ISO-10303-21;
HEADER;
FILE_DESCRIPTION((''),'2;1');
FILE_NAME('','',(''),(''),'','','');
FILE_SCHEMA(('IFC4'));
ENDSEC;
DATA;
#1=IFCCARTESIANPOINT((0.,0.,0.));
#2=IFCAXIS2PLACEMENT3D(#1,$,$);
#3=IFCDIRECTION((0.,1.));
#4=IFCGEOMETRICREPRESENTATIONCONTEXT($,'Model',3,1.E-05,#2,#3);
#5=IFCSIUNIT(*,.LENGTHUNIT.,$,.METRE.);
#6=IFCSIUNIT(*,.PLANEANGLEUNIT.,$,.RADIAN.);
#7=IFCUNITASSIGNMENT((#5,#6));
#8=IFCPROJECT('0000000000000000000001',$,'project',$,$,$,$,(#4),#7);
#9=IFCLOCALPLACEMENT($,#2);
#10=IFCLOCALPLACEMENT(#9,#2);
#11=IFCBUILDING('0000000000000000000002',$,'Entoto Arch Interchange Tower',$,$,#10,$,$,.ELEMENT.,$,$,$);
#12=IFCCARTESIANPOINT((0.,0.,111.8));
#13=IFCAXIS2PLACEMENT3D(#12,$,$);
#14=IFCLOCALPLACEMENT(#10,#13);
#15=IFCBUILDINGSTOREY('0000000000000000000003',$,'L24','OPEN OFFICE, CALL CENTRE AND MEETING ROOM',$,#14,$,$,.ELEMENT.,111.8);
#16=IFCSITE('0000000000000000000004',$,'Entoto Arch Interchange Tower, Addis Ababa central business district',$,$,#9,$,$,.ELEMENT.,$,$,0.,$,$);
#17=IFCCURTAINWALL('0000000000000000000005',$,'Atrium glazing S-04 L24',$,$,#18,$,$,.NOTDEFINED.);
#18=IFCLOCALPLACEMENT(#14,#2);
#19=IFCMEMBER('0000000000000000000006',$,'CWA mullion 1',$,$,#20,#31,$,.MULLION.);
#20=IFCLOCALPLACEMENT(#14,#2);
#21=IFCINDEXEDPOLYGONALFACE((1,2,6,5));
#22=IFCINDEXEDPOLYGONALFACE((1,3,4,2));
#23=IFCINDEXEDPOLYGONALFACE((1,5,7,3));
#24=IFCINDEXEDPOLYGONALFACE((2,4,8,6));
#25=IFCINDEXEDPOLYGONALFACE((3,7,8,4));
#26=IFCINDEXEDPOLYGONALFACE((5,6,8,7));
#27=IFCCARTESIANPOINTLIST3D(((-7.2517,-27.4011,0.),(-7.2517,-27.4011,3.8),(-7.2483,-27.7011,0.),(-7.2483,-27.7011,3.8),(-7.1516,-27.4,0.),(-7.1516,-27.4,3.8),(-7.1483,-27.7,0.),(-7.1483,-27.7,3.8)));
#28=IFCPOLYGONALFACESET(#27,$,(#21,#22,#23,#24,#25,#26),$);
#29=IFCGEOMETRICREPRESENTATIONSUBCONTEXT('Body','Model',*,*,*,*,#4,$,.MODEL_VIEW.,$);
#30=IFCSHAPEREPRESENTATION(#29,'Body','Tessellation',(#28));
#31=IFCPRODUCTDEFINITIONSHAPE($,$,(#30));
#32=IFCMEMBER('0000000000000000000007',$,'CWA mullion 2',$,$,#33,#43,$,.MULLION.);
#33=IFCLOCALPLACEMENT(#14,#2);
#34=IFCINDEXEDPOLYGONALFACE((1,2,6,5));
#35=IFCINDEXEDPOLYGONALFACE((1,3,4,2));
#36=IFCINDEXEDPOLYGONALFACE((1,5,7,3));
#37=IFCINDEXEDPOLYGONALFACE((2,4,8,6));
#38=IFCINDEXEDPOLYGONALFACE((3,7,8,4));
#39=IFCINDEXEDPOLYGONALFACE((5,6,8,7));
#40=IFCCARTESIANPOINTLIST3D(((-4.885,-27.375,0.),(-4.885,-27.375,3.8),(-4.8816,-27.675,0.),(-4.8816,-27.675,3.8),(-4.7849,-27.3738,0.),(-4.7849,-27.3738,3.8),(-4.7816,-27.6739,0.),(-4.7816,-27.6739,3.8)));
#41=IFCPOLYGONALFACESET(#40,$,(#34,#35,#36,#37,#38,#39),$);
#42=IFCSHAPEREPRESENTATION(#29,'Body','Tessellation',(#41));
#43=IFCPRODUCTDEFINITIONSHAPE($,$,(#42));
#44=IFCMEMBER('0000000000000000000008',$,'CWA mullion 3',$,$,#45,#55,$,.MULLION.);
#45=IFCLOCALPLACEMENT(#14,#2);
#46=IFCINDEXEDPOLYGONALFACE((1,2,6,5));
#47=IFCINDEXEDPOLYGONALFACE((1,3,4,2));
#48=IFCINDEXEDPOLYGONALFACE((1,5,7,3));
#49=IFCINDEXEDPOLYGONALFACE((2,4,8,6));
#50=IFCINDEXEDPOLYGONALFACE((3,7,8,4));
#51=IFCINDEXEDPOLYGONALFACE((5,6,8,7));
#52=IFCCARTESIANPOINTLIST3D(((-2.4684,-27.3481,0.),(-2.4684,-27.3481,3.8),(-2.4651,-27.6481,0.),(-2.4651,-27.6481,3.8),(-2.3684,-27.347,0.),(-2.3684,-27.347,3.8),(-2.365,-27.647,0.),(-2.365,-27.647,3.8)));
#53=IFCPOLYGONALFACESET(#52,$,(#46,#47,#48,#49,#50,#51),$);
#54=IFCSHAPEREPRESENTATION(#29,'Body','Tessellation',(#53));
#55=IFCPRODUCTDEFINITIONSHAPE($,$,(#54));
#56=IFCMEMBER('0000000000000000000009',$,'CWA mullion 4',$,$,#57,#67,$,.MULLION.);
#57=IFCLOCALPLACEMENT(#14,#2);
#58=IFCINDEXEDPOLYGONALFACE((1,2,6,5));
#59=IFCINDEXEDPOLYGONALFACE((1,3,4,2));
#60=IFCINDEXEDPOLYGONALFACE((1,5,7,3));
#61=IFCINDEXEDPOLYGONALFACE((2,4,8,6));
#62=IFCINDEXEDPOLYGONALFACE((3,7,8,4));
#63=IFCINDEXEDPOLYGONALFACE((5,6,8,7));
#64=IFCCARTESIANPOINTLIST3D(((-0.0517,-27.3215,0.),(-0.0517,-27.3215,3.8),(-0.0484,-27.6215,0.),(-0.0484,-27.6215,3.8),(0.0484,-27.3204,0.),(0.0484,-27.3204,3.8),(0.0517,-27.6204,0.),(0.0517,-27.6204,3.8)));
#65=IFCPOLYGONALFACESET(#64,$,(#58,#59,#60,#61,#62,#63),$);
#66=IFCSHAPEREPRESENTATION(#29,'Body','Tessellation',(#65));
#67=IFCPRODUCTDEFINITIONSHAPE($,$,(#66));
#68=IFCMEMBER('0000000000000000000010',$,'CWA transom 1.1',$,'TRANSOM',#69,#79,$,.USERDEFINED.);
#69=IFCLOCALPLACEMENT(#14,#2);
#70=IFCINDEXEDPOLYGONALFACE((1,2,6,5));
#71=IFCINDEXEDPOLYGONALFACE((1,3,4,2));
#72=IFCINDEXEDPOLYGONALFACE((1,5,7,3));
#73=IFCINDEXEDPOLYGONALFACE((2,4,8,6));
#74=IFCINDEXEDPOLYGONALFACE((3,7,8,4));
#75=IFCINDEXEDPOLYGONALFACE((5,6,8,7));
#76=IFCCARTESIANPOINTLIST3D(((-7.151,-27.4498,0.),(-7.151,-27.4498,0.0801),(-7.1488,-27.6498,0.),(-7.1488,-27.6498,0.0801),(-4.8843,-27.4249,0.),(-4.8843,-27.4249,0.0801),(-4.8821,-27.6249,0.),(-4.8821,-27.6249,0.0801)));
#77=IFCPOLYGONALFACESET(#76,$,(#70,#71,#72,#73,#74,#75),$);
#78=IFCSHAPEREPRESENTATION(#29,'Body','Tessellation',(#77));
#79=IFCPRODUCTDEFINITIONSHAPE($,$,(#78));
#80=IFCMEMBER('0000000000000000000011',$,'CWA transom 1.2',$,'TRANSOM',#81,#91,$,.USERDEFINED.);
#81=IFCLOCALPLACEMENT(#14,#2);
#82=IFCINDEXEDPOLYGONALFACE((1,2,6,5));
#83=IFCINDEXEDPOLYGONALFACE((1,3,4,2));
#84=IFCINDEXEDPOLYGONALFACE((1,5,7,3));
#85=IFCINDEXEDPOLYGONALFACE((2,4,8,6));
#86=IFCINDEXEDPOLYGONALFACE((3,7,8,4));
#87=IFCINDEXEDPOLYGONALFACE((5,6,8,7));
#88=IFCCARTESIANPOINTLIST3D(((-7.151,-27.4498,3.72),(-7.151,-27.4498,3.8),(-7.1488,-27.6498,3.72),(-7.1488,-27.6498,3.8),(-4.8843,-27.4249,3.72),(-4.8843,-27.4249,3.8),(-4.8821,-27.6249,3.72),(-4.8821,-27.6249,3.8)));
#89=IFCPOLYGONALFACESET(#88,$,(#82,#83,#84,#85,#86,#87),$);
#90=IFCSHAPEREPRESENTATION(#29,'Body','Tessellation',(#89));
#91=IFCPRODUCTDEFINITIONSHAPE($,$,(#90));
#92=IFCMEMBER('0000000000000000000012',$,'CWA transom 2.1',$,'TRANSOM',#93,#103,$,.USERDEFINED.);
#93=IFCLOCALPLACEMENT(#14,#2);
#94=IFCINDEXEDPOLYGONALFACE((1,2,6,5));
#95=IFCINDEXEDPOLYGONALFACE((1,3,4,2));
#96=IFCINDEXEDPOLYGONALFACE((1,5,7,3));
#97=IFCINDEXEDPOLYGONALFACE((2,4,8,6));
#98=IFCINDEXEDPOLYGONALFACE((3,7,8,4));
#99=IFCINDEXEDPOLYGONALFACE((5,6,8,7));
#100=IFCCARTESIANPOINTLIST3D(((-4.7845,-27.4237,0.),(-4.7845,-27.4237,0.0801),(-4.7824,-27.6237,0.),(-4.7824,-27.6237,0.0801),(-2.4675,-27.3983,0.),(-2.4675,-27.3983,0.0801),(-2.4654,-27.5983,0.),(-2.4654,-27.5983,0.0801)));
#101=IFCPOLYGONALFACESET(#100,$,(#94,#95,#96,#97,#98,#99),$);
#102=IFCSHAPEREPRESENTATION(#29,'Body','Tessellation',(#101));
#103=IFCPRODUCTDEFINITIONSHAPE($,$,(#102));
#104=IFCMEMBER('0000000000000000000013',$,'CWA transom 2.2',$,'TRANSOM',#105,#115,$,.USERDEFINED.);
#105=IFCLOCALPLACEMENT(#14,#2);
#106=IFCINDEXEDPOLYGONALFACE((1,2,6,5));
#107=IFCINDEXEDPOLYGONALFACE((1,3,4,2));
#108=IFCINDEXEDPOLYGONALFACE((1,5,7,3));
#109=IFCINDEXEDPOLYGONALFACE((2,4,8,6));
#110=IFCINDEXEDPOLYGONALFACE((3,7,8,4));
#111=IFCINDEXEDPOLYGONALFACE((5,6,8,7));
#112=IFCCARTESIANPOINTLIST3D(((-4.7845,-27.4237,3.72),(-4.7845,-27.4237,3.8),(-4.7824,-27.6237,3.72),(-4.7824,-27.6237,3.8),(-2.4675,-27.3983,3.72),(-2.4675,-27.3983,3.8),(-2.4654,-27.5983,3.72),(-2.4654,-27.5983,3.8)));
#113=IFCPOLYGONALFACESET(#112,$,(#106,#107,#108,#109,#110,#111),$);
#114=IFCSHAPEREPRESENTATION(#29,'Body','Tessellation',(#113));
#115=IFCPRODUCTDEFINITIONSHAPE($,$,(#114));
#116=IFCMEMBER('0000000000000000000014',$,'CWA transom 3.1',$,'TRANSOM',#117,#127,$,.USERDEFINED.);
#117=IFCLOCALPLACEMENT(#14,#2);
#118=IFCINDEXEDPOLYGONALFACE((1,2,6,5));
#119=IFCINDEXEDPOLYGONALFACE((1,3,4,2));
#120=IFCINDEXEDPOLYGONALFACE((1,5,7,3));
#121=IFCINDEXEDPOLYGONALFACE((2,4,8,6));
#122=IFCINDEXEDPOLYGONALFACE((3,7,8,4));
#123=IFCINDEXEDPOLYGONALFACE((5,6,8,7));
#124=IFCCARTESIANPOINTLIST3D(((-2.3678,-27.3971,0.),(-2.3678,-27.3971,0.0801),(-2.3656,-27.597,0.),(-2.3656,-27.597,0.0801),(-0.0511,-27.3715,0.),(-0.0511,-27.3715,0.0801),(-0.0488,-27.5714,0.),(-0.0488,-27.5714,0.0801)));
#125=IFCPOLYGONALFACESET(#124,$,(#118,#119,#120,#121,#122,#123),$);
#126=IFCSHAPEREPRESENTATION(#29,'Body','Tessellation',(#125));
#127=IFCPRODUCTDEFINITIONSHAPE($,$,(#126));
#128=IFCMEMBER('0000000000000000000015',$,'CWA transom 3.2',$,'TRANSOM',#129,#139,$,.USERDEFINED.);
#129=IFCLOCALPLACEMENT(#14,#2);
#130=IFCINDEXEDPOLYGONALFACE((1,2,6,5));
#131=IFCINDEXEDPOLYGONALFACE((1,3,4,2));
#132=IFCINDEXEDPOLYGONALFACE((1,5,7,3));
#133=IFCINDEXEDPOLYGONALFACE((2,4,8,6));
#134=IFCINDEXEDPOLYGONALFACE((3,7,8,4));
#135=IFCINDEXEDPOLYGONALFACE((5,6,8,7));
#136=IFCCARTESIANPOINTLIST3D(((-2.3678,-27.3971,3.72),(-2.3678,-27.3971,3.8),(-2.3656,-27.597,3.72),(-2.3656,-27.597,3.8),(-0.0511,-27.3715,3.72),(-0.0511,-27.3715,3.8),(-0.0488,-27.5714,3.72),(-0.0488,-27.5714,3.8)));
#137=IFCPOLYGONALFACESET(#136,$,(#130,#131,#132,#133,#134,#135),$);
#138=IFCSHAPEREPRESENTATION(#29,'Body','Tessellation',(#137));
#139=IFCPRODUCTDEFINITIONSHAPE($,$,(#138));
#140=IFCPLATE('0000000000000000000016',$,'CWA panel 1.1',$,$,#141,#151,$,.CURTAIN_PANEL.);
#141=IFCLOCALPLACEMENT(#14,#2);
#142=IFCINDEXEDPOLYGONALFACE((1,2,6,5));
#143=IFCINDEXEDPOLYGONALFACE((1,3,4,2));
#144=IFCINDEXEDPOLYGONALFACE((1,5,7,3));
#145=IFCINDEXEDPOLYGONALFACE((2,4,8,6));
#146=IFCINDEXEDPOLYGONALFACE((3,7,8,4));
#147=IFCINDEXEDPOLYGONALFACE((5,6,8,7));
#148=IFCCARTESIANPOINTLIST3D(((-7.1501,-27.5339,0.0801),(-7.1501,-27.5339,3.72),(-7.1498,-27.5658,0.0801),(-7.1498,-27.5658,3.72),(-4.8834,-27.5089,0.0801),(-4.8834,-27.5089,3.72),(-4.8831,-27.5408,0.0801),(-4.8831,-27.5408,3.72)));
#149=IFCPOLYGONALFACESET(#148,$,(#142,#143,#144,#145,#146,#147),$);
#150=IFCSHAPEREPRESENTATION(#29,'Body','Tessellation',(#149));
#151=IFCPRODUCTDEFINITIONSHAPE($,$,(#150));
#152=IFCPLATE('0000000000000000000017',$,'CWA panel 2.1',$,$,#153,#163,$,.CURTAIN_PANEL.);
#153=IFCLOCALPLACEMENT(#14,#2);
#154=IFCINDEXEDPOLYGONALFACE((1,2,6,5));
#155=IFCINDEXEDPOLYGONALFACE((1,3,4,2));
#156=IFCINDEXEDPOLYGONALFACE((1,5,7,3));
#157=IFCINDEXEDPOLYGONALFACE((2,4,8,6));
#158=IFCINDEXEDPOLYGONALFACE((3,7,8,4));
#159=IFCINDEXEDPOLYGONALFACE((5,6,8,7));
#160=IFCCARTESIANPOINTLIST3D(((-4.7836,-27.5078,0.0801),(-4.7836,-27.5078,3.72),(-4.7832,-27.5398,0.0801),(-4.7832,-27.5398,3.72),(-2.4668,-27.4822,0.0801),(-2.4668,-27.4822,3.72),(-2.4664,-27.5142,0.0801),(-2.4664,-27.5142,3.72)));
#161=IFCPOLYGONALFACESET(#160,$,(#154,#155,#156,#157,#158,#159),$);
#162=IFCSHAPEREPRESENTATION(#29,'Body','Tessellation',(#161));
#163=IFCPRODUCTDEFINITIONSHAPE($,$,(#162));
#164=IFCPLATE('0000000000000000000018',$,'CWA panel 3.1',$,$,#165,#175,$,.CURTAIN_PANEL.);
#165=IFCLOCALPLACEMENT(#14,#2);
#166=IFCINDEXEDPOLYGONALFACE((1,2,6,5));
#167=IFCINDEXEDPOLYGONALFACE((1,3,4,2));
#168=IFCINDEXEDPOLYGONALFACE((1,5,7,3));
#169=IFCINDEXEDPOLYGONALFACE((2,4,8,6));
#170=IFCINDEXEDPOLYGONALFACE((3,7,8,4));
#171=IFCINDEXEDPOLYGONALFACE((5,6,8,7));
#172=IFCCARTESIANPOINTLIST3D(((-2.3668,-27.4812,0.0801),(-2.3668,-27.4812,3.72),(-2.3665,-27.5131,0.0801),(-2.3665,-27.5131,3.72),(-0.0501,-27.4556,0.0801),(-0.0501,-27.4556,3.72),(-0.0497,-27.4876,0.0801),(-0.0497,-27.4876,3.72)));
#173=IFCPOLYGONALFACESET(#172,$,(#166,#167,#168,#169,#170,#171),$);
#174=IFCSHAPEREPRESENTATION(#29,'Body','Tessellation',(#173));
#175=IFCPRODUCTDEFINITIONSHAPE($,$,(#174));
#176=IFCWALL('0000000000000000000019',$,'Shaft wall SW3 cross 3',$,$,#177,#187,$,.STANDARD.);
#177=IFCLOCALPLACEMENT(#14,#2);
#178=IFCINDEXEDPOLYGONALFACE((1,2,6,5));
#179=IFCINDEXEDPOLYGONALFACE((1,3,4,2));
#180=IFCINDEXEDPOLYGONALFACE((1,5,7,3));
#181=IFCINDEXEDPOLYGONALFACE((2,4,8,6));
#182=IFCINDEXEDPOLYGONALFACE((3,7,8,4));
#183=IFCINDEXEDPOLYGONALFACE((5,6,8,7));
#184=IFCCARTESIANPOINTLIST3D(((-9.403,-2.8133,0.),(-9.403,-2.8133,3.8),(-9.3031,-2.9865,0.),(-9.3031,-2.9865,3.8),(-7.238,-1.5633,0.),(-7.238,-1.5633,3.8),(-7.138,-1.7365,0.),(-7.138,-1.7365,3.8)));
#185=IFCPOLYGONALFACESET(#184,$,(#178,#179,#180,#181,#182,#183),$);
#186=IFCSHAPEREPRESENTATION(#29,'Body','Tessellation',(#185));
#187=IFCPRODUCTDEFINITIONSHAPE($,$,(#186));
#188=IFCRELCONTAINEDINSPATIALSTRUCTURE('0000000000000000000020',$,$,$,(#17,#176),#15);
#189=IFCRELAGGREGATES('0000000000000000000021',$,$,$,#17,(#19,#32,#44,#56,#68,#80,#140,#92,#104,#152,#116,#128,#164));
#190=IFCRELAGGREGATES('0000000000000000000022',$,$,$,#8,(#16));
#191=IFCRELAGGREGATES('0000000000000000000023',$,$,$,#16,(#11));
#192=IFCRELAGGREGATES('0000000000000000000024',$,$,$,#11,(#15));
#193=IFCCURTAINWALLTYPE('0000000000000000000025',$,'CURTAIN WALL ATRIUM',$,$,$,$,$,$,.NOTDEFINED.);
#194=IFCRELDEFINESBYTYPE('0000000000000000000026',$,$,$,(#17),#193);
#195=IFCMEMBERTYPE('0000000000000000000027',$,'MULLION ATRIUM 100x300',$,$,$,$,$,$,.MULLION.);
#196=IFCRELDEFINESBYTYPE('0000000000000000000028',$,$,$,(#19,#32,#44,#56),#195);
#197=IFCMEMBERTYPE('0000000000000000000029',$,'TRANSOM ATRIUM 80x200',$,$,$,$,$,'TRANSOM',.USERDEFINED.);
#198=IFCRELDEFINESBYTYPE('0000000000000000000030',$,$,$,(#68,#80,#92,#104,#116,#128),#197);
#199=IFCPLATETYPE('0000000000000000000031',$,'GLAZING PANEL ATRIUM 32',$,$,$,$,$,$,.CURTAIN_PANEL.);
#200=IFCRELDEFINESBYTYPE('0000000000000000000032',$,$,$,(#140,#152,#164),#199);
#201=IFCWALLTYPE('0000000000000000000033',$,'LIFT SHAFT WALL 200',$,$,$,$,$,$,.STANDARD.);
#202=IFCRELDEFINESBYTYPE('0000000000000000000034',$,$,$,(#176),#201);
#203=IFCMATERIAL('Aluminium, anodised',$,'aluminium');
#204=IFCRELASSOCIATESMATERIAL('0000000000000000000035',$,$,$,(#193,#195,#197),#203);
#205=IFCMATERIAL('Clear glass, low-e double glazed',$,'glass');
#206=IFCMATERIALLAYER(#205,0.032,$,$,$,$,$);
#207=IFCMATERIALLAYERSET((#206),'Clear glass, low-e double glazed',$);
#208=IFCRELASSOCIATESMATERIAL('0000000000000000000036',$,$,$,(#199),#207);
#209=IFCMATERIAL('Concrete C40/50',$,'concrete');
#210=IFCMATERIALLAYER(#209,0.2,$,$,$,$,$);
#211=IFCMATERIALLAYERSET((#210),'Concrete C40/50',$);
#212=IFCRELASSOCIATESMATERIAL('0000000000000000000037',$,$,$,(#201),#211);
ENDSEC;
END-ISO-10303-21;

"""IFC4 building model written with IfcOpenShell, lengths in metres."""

from ifc_helpers import new_model, si_unit, direction, frame, frame_2d, origin, origin_2d, place, context, subcontext, project, spatial, rectangle, extrude, material, layer, layer_set, material_profile, profile_set, type_object, element, aggregate, save


model = new_model("IFC4")

# Units and contexts
model_context = context("Model", 3, precision=1e-05, world=origin(), true_north=direction((0.0, 1.0)))
body_context = subcontext(model_context, "Body", "Model", "MODEL_VIEW")
ifc_project = project(units=[si_unit("LENGTHUNIT", "METRE"), si_unit("PLANEANGLEUNIT", "RADIAN")], contexts=[model_context])

# Site, building, storey
site_placement = place(None, origin())
site = spatial("IfcSite", under=ifc_project, at=site_placement, Name="Entoto Arch Interchange Tower, Addis Ababa central business district", CompositionType="ELEMENT", RefElevation=0.0)
building_placement = place(site_placement, origin())
building = spatial("IfcBuilding", under=site, at=building_placement, Name="Entoto Arch Interchange Tower", CompositionType="ELEMENT")
storey_placement = place(building_placement, frame((0.0, 0.0, 111.8)))
storey = spatial("IfcBuildingStorey", under=building, at=storey_placement, Name="L24", Description="OPEN OFFICE, CALL CENTRE AND MEETING ROOM", CompositionType="ELEMENT", Elevation=111.8)

# Curtain wall, members, plates
ifc_material_1 = material(Name="Aluminium, anodised", Category="aluminium")
curtain_wall_type = type_object("IfcCurtainWallType", Name="CURTAIN WALL ATRIUM", PredefinedType="NOTDEFINED", material=ifc_material_1)
curtain_wall_placement = place(storey_placement, origin())
curtain_wall = element("IfcCurtainWall", 1, at=curtain_wall_placement, inside=storey, type_object=curtain_wall_type, Name="Atrium glazing S-04 L24", PredefinedType="NOTDEFINED")
ifc_material_profile_1 = material_profile(ifc_material_1, rectangle(XDim=0.3, YDim=0.1001, at=origin_2d()))
ifc_profile_set_1 = profile_set([ifc_material_profile_1], Name="Aluminium, anodised")
member_type_1 = type_object("IfcMemberType", Name="MULLION ATRIUM 100x300", PredefinedType="MULLION", material=ifc_profile_set_1)
member_1_placement = place(storey_placement, frame((-7.2, -27.5505, 0.0), z_axis=(0.0, 0.0, 1.0), x_axis=(-0.011034, 0.999939, 0.0)))
member_1 = element("IfcMember", 2, at=member_1_placement, type_object=member_type_1, Name="CWA mullion 1", PredefinedType="MULLION", context=body_context, shape_type="SweptSolid", body=[
    extrude(rectangle(XDim=0.3, YDim=0.1001, at=origin_2d()), origin(), (0.0, 0.0, 1.0), 3.8),
])
member_2_placement = place(storey_placement, frame((-4.8333, -27.5244, 0.0), z_axis=(0.0, 0.0, 1.0), x_axis=(-0.011034, 0.999939, 0.0)))
member_2 = element("IfcMember", 3, at=member_2_placement, type_object=member_type_1, Name="CWA mullion 2", PredefinedType="MULLION", context=body_context, shape_type="SweptSolid", body=[
    extrude(rectangle(XDim=0.3, YDim=0.1001, at=origin_2d()), origin(), (0.0, 0.0, 1.0), 3.8),
])
member_3_placement = place(storey_placement, frame((-2.4167, -27.4976, 0.0), z_axis=(0.0, 0.0, 1.0), x_axis=(-0.011034, 0.999939, 0.0)))
member_3 = element("IfcMember", 4, at=member_3_placement, type_object=member_type_1, Name="CWA mullion 3", PredefinedType="MULLION", context=body_context, shape_type="SweptSolid", body=[
    extrude(rectangle(XDim=0.3, YDim=0.1001, at=origin_2d()), origin(), (0.0, 0.0, 1.0), 3.8),
])
member_4_placement = place(storey_placement, frame((0.0, -27.4709, 0.0), z_axis=(0.0, 0.0, 1.0), x_axis=(-0.011034, 0.999939, 0.0)))
member_4 = element("IfcMember", 5, at=member_4_placement, type_object=member_type_1, Name="CWA mullion 4", PredefinedType="MULLION", context=body_context, shape_type="SweptSolid", body=[
    extrude(rectangle(XDim=0.3, YDim=0.1001, at=origin_2d()), origin(), (0.0, 0.0, 1.0), 3.8),
])
ifc_material_profile_2 = material_profile(ifc_material_1, rectangle(XDim=0.2, YDim=0.0801, at=origin_2d()))
ifc_profile_set_2 = profile_set([ifc_material_profile_2], Name="Aluminium, anodised")
member_type_2 = type_object("IfcMemberType", Name="TRANSOM ATRIUM 80x200", ElementType="TRANSOM", PredefinedType="USERDEFINED", material=ifc_profile_set_2)
member_5_placement = place(storey_placement, frame((-7.1499, -27.5498, 0.04), z_axis=(0.99994, 0.010986, 0.0), x_axis=(-0.010986, 0.99994, 0.0)))
member_5 = element("IfcMember", 6, at=member_5_placement, type_object=member_type_2, Name="CWA transom 1.1", ObjectType="TRANSOM", PredefinedType="USERDEFINED", context=body_context, shape_type="SweptSolid", body=[
    extrude(rectangle(XDim=0.2, YDim=0.0801, at=origin_2d()), origin(), (0.0, 0.0, 1.0), 2.2668),
])
member_6_placement = place(storey_placement, frame((-7.1499, -27.5498, 3.76), z_axis=(0.99994, 0.010986, 0.0), x_axis=(-0.010986, 0.99994, 0.0)))
member_6 = element("IfcMember", 7, at=member_6_placement, type_object=member_type_2, Name="CWA transom 1.2", ObjectType="TRANSOM", PredefinedType="USERDEFINED", context=body_context, shape_type="SweptSolid", body=[
    extrude(rectangle(XDim=0.2, YDim=0.0801, at=origin_2d()), origin(), (0.0, 0.0, 1.0), 2.2668),
])
member_7_placement = place(storey_placement, frame((-4.7834, -27.5237, 0.04), z_axis=(0.99994, 0.010958, 0.0), x_axis=(-0.010958, 0.99994, 0.0)))
member_7 = element("IfcMember", 8, at=member_7_placement, type_object=member_type_2, Name="CWA transom 2.1", ObjectType="TRANSOM", PredefinedType="USERDEFINED", context=body_context, shape_type="SweptSolid", body=[
    extrude(rectangle(XDim=0.2, YDim=0.0801, at=origin_2d()), origin(), (0.0, 0.0, 1.0), 2.3171),
])
member_8_placement = place(storey_placement, frame((-4.7834, -27.5237, 3.76), z_axis=(0.99994, 0.010958, 0.0), x_axis=(-0.010958, 0.99994, 0.0)))
member_8 = element("IfcMember", 9, at=member_8_placement, type_object=member_type_2, Name="CWA transom 2.2", ObjectType="TRANSOM", PredefinedType="USERDEFINED", context=body_context, shape_type="SweptSolid", body=[
    extrude(rectangle(XDim=0.2, YDim=0.0801, at=origin_2d()), origin(), (0.0, 0.0, 1.0), 2.3171),
])
member_9_placement = place(storey_placement, frame((-2.3667, -27.4971, 0.04), z_axis=(0.999939, 0.011065, 0.0), x_axis=(-0.011065, 0.999939, 0.0)))
member_9 = element("IfcMember", 10, at=member_9_placement, type_object=member_type_2, Name="CWA transom 3.1", ObjectType="TRANSOM", PredefinedType="USERDEFINED", context=body_context, shape_type="SweptSolid", body=[
    extrude(rectangle(XDim=0.2, YDim=0.0801, at=origin_2d()), origin(), (0.0, 0.0, 1.0), 2.3169),
])
member_10_placement = place(storey_placement, frame((-2.3667, -27.4971, 3.76), z_axis=(0.999939, 0.011065, 0.0), x_axis=(-0.011065, 0.999939, 0.0)))
member_10 = element("IfcMember", 11, at=member_10_placement, type_object=member_type_2, Name="CWA transom 3.2", ObjectType="TRANSOM", PredefinedType="USERDEFINED", context=body_context, shape_type="SweptSolid", body=[
    extrude(rectangle(XDim=0.2, YDim=0.0801, at=origin_2d()), origin(), (0.0, 0.0, 1.0), 2.3169),
])
ifc_material_2 = material(Name="Clear glass, low-e double glazed", Category="glass")
ifc_layer_1 = layer(ifc_material_2, 0.032)
ifc_layer_set_1 = layer_set([ifc_layer_1], Name="Clear glass, low-e double glazed")
plate_type = type_object("IfcPlateType", Name="GLAZING PANEL ATRIUM 32", PredefinedType="CURTAIN_PANEL", material=ifc_layer_set_1)
plate_1_placement = place(storey_placement, frame((-6.0166, -27.5374, 0.0801), z_axis=(0.0, 0.0, 1.0), x_axis=(0.999939, 0.011034, 0.0)))
plate_1 = element("IfcPlate", 12, at=plate_1_placement, type_object=plate_type, Name="CWA panel 1.1", PredefinedType="CURTAIN_PANEL", context=body_context, shape_type="SweptSolid", body=[
    extrude(rectangle(XDim=2.2668, YDim=0.032, at=origin_2d()), origin(), (0.0, 0.0, 1.0), 3.6399),
])
plate_2_placement = place(storey_placement, frame((-3.625, -27.511, 0.0801), z_axis=(0.0, 0.0, 1.0), x_axis=(0.999939, 0.011034, 0.0)))
plate_2 = element("IfcPlate", 13, at=plate_2_placement, type_object=plate_type, Name="CWA panel 2.1", PredefinedType="CURTAIN_PANEL", context=body_context, shape_type="SweptSolid", body=[
    extrude(rectangle(XDim=2.3169, YDim=0.032, at=origin_2d()), origin(), (0.0, 0.0, 1.0), 3.6399),
])
plate_3_placement = place(storey_placement, frame((-1.2083, -27.4844, 0.0801), z_axis=(0.0, 0.0, 1.0), x_axis=(0.999939, 0.011034, 0.0)))
plate_3 = element("IfcPlate", 14, at=plate_3_placement, type_object=plate_type, Name="CWA panel 3.1", PredefinedType="CURTAIN_PANEL", context=body_context, shape_type="SweptSolid", body=[
    extrude(rectangle(XDim=2.3169, YDim=0.032, at=origin_2d()), origin(), (0.0, 0.0, 1.0), 3.6399),
])
aggregate(curtain_wall, [member_1, member_2, member_3, member_4, member_5, member_6, plate_1, member_7, member_8, plate_2, member_9, member_10, plate_3])

# Wall
ifc_material_3 = material(Name="Concrete C40/50", Category="concrete")
ifc_layer_2 = layer(ifc_material_3, 0.2)
ifc_layer_set_2 = layer_set([ifc_layer_2], Name="Concrete C40/50")
wall_type_1 = type_object("IfcWallType", Name="LIFT SHAFT WALL 200", PredefinedType="STANDARD", material=ifc_layer_set_2)
for number, where, z_axis, x_axis, name in (
    (15, (-7.188, -1.6499, 0.0), (0.0, 0.0, 1.0), (-0.866023, -0.500004, 0.0), "Shaft wall SW3 cross 3"),
):
    element("IfcWall", number, at=place(storey_placement, frame(where, z_axis=z_axis, x_axis=x_axis)), inside=storey, type_object=wall_type_1, Name=name, PredefinedType="STANDARD", context=body_context, shape_type="SweptSolid", body=[
        extrude(rectangle(XDim=2.5, YDim=0.2, at=frame_2d((1.25, 0.0))), origin(), (0.0, 0.0, 1.0), 3.8),
    ])

save(model, "model.ifc")
